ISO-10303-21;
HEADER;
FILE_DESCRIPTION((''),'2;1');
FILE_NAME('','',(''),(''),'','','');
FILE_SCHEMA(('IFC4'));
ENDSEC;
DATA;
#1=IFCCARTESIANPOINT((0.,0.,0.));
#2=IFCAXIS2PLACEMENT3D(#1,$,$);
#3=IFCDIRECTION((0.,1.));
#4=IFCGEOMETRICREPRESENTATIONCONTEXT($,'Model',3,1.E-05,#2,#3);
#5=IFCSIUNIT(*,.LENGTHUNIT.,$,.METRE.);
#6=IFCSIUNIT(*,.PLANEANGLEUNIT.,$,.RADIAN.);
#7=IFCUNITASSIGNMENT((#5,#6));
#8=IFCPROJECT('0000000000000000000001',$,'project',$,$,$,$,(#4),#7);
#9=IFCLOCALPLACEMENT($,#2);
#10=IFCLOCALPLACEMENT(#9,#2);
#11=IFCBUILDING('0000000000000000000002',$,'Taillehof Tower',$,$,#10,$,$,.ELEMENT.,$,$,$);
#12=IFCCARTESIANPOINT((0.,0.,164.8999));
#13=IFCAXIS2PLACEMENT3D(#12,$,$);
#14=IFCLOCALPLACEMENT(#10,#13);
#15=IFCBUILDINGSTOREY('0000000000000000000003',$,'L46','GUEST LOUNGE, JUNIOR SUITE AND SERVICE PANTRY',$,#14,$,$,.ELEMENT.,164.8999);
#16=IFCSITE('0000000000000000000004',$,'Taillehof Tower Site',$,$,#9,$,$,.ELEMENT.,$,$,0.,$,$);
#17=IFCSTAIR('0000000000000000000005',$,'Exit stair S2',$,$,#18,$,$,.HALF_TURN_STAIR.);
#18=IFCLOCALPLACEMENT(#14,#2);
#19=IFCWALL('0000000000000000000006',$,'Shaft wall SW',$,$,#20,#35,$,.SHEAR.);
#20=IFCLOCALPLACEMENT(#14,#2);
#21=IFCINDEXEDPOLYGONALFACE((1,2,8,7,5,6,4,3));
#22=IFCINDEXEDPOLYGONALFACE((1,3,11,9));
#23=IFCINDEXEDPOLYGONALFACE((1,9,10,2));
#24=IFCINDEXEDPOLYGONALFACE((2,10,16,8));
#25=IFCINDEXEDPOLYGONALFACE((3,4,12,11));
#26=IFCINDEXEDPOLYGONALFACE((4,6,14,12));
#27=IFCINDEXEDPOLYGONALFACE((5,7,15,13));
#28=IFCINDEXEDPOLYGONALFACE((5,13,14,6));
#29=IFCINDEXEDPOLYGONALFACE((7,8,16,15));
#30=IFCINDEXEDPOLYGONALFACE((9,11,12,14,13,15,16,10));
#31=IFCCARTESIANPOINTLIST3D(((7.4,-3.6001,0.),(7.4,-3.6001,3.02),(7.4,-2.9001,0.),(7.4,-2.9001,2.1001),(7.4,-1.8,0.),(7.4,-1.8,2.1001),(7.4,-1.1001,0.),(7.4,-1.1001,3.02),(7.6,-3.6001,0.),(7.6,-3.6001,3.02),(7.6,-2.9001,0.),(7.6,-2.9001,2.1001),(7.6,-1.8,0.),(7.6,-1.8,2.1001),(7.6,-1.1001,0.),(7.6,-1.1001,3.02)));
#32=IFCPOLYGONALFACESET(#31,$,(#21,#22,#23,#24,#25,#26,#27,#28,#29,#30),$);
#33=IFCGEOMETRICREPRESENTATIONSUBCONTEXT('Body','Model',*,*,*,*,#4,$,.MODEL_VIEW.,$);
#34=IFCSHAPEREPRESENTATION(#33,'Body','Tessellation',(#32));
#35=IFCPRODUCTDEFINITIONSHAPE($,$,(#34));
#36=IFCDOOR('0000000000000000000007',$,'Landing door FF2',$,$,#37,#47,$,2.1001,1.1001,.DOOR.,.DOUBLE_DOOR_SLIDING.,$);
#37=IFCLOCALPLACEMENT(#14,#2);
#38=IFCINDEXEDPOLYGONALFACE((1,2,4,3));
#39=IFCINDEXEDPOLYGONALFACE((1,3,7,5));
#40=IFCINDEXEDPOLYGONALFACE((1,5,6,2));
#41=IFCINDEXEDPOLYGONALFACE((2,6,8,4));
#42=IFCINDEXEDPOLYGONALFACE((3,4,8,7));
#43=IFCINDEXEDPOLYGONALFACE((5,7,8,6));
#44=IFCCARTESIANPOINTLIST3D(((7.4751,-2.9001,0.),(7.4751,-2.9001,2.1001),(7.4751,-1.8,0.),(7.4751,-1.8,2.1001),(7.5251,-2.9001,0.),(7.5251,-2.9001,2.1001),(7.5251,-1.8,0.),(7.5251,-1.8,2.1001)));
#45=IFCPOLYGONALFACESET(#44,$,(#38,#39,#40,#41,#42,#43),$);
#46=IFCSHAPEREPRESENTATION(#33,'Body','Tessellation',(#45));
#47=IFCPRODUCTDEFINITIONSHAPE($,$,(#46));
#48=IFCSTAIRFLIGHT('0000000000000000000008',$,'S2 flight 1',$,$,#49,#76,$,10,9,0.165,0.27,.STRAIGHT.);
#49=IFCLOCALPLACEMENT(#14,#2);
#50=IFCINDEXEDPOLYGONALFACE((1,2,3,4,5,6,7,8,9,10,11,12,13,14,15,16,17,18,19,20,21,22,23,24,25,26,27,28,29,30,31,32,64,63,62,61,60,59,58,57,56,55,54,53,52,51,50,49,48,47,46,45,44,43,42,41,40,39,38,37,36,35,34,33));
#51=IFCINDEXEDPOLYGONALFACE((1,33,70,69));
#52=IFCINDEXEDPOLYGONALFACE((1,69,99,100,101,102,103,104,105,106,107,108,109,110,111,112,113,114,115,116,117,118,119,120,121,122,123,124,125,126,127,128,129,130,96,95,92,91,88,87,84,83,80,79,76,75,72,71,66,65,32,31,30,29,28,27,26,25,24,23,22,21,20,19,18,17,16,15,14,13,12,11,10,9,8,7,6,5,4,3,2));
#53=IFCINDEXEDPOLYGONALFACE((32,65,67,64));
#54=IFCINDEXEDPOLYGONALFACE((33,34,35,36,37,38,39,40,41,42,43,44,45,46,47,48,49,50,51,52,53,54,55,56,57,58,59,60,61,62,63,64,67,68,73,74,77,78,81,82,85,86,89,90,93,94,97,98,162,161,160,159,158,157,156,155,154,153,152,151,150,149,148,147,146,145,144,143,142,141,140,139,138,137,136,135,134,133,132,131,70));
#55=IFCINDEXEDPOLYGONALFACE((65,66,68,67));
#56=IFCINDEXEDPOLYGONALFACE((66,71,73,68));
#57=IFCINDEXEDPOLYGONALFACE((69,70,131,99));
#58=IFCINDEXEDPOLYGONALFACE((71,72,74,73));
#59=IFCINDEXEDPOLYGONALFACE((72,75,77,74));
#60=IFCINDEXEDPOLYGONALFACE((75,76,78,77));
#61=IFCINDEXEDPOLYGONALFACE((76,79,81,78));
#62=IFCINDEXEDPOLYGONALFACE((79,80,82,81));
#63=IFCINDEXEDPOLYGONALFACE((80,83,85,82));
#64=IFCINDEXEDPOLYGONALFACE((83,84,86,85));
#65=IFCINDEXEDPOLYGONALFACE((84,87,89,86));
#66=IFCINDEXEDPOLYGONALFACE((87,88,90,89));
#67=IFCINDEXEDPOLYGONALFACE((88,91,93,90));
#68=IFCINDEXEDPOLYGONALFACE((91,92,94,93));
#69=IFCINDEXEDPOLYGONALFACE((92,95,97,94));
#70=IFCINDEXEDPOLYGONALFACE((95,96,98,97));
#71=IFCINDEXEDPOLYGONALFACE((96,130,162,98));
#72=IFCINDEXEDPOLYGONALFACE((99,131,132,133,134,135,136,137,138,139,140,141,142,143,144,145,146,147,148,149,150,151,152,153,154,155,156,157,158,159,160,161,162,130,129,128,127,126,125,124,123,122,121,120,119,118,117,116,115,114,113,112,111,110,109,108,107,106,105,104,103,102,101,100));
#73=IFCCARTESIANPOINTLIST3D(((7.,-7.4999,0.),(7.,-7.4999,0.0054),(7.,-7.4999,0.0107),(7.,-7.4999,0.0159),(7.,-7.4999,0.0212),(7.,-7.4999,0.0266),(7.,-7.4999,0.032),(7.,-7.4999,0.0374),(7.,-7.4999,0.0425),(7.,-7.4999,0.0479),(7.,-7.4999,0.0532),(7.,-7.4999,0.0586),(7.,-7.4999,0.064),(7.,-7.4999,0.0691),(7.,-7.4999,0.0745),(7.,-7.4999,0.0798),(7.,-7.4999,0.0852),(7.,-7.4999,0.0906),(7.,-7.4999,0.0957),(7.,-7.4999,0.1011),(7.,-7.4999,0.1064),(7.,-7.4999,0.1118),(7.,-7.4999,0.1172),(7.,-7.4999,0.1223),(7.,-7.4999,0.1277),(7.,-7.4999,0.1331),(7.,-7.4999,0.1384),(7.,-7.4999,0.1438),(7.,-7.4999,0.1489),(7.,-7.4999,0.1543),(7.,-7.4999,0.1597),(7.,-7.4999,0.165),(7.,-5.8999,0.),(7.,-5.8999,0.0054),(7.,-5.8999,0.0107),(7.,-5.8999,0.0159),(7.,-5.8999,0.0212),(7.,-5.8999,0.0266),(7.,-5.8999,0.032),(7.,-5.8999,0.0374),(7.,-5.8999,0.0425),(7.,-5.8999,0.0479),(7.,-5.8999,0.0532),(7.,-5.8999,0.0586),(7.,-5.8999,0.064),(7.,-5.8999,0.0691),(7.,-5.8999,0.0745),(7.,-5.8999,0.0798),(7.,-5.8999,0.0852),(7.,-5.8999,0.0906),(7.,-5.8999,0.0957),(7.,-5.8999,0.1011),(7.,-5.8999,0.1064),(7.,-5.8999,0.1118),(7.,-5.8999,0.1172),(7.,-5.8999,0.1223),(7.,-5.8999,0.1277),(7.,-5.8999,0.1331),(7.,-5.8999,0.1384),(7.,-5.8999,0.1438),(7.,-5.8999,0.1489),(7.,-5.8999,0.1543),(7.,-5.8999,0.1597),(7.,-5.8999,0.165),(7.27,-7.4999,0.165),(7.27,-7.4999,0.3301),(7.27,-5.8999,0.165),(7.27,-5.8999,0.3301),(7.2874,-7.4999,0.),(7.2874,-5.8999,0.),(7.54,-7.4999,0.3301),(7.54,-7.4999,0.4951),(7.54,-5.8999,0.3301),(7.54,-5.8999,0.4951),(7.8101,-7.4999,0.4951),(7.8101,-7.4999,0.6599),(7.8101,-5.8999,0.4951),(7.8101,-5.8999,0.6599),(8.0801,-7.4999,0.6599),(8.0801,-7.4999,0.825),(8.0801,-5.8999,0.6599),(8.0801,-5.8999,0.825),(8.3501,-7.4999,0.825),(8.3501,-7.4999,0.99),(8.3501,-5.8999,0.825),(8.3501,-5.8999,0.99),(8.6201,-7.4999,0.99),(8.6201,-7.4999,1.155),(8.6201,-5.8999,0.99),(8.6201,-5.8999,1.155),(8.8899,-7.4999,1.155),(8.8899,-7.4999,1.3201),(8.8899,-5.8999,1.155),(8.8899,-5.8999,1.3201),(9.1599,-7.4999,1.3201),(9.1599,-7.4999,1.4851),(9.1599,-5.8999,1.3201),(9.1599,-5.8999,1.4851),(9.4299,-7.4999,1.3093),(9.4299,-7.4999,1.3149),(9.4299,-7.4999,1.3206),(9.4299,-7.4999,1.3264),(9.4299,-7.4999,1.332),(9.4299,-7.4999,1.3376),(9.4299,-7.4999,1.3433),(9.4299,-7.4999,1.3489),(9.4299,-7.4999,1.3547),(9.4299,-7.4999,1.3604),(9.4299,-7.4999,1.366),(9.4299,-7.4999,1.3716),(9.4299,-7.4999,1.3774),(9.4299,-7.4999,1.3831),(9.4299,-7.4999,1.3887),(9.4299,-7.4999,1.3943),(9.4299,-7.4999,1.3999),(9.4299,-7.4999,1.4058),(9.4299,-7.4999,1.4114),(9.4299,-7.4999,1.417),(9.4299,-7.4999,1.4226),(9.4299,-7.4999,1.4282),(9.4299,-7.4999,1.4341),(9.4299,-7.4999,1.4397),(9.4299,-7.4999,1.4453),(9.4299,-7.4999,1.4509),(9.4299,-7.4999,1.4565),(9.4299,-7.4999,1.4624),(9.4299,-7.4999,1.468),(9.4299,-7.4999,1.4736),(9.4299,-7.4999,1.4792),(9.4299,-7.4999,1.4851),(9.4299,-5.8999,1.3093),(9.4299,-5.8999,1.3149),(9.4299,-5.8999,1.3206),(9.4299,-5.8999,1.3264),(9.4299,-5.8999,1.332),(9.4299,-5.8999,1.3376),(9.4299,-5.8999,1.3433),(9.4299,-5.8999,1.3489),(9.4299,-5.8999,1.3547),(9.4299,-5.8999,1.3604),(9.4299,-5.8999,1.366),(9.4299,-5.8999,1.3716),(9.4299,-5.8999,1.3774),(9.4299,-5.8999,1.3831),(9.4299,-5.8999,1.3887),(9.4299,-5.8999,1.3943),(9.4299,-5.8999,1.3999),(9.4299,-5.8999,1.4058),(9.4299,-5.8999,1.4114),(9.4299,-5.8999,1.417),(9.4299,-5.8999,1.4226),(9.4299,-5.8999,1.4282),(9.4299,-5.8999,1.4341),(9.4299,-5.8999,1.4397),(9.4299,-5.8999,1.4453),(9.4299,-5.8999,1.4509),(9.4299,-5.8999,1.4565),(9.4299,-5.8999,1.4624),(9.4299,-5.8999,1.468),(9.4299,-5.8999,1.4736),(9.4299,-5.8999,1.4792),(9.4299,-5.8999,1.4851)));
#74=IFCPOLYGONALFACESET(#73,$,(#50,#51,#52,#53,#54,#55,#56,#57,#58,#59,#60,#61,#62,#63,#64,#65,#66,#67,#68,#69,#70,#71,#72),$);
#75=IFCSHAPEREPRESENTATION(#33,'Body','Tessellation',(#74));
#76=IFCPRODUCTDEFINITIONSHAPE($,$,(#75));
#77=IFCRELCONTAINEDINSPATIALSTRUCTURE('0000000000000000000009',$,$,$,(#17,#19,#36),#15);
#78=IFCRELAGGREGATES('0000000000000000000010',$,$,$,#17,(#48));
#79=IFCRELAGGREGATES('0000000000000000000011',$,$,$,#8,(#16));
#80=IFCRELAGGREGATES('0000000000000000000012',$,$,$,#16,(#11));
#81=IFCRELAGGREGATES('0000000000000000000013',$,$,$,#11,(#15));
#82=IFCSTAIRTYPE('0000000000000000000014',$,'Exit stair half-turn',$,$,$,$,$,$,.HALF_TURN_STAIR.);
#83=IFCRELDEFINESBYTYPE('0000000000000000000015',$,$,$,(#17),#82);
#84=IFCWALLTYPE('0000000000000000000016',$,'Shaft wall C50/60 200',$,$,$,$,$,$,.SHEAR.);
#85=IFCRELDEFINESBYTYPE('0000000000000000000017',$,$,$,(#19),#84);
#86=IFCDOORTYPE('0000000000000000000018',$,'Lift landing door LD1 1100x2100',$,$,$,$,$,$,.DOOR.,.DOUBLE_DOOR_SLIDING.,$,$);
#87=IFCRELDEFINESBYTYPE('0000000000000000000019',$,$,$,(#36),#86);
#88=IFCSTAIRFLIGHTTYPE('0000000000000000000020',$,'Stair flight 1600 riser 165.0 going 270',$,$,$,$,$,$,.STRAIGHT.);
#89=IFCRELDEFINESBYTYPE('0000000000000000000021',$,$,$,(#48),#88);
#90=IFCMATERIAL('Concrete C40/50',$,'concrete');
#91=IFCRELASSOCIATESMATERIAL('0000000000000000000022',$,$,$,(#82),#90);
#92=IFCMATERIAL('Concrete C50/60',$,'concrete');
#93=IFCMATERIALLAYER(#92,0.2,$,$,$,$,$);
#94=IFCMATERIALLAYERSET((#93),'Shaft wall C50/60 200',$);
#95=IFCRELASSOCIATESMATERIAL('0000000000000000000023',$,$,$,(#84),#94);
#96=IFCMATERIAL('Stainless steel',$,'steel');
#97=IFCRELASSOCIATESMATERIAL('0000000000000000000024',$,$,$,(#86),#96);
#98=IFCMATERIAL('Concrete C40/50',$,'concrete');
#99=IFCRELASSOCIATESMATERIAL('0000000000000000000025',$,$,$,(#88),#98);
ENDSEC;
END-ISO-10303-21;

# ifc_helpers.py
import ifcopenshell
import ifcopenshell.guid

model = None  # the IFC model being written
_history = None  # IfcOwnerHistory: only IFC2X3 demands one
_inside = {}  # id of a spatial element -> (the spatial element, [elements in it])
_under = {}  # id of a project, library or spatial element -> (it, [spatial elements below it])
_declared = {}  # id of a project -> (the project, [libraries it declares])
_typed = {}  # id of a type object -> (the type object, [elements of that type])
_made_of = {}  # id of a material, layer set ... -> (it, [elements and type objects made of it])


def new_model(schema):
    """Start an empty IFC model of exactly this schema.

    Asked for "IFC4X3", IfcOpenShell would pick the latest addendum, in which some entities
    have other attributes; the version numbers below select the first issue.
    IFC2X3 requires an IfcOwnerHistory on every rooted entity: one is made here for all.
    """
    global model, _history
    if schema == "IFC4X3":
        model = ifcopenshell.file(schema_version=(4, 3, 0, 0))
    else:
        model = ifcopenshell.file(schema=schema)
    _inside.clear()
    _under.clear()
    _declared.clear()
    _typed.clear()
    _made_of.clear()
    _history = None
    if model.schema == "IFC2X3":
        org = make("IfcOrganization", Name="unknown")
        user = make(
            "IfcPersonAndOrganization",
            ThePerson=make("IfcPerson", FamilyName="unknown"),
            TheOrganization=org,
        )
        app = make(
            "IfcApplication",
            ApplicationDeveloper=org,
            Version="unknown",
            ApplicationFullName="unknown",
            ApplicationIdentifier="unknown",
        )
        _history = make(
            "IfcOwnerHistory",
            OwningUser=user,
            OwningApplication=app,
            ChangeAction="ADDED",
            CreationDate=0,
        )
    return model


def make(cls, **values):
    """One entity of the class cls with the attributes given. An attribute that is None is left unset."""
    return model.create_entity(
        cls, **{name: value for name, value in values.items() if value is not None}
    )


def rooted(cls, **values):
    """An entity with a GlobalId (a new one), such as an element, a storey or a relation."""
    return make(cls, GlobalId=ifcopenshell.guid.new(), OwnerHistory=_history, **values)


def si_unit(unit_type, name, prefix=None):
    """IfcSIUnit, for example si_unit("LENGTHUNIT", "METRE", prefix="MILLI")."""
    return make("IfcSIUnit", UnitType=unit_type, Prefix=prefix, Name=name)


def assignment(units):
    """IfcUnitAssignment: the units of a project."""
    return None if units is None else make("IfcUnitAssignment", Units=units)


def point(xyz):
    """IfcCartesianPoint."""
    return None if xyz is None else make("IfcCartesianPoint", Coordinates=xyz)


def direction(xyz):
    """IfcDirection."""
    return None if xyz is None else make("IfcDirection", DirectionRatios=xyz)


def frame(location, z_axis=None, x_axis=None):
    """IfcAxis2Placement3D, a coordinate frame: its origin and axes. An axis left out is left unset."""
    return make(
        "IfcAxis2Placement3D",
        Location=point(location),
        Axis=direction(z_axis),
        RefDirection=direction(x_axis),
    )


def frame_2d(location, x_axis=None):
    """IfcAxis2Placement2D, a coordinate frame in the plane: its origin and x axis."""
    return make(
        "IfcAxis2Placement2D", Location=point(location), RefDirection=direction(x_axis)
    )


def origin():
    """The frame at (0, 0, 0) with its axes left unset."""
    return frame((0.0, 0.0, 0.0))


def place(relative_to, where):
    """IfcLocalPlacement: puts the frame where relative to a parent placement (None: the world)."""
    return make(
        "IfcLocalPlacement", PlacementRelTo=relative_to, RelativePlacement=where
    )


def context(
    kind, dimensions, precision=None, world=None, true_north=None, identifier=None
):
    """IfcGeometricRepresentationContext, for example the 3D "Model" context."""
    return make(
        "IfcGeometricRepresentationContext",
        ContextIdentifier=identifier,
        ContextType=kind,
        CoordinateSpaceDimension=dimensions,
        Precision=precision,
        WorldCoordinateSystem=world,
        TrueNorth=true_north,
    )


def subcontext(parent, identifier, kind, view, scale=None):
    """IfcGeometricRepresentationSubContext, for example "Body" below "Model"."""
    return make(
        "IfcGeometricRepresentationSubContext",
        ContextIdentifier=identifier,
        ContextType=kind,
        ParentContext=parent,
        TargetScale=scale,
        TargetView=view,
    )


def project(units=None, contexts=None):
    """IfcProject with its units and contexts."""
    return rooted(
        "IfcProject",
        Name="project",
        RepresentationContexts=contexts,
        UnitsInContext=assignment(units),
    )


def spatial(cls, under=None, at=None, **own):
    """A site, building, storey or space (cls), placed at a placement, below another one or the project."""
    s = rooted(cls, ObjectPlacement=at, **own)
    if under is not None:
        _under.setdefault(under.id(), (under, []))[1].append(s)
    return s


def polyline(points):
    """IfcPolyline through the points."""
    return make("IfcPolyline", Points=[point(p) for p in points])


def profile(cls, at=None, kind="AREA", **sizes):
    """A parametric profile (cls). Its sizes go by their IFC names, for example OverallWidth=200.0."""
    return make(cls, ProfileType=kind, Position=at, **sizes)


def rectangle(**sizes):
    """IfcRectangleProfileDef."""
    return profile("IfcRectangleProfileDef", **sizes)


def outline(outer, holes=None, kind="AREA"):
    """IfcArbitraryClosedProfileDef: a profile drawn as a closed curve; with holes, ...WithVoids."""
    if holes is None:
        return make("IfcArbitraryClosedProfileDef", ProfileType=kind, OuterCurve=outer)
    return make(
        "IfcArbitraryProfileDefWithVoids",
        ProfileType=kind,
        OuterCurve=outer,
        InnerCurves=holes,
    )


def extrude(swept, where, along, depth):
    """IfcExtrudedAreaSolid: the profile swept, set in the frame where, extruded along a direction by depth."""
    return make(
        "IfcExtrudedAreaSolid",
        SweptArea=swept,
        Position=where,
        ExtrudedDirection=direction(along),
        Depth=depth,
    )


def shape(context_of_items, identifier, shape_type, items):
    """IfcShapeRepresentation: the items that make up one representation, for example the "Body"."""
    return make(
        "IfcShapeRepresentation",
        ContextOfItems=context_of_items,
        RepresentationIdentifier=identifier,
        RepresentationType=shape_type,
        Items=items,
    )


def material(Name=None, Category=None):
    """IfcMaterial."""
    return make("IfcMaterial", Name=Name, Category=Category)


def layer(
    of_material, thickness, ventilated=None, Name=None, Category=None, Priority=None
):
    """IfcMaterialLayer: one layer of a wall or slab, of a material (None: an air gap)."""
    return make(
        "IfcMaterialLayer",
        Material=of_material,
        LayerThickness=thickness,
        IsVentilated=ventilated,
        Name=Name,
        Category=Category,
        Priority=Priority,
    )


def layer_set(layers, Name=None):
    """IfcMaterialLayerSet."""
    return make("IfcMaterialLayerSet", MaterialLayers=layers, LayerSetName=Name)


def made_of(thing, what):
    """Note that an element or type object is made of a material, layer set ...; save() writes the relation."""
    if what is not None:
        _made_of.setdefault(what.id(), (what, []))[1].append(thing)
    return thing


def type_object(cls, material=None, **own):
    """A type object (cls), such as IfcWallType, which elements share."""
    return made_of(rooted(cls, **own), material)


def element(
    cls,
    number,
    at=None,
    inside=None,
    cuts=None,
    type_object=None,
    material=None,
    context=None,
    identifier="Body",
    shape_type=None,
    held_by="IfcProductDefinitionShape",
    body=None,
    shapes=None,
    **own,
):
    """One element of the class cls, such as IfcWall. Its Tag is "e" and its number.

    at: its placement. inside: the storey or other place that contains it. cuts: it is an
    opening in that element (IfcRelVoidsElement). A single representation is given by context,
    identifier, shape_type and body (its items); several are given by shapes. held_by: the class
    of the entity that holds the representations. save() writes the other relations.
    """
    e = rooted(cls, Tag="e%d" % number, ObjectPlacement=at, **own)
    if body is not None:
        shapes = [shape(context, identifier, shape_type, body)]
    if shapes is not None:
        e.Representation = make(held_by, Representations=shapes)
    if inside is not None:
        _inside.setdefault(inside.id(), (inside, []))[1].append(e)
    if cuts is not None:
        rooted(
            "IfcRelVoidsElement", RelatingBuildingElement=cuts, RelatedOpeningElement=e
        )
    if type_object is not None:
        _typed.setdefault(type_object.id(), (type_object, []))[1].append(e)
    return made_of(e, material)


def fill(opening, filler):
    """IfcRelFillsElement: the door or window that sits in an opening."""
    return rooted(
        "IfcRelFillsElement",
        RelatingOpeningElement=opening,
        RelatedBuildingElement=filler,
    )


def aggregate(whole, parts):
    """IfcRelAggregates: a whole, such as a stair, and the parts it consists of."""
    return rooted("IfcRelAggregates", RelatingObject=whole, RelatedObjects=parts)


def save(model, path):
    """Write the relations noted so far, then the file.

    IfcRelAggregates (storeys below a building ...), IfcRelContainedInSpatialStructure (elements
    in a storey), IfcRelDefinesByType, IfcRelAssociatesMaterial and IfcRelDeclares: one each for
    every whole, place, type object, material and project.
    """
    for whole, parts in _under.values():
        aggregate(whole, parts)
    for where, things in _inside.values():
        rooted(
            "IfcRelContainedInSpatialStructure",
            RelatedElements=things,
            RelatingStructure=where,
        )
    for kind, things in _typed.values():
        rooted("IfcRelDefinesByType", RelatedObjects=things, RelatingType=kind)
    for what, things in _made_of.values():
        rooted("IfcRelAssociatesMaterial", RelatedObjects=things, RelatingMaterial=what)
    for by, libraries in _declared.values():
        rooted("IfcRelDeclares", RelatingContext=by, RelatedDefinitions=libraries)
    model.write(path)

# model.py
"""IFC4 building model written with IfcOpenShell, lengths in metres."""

from ifc_helpers import new_model, si_unit, direction, frame, frame_2d, origin, place, context, subcontext, project, spatial, polyline, rectangle, outline, extrude, material, layer, layer_set, type_object, element, fill, aggregate, save


model = new_model("IFC4")

# Units and contexts
model_context = context("Model", 3, precision=1e-05, world=origin(), true_north=direction((0.0, 1.0)))
body_context = subcontext(model_context, "Body", "Model", "MODEL_VIEW")
ifc_project = project(units=[si_unit("LENGTHUNIT", "METRE"), si_unit("PLANEANGLEUNIT", "RADIAN")], contexts=[model_context])

# Site, building, storey
site_placement = place(None, origin())
site = spatial("IfcSite", under=ifc_project, at=site_placement, Name="Taillehof Tower Site", CompositionType="ELEMENT", RefElevation=0.0)
building_placement = place(site_placement, origin())
building = spatial("IfcBuilding", under=site, at=building_placement, Name="Taillehof Tower", CompositionType="ELEMENT")
storey_placement = place(building_placement, frame((0.0, 0.0, 164.8999)))
storey = spatial("IfcBuildingStorey", under=building, at=storey_placement, Name="L46", Description="GUEST LOUNGE, JUNIOR SUITE AND SERVICE PANTRY", CompositionType="ELEMENT", Elevation=164.8999)

# Stair
ifc_material_1 = material(Name="Concrete C40/50", Category="concrete")
stair_type = type_object("IfcStairType", Name="Exit stair half-turn", PredefinedType="HALF_TURN_STAIR", material=ifc_material_1)
stair_1_placement = place(storey_placement, origin())
stair_1 = element("IfcStair", 1, at=stair_1_placement, inside=storey, type_object=stair_type, Name="Exit stair S2", PredefinedType="HALF_TURN_STAIR")

# Shared definitions
ifc_material_2 = material(Name="Concrete C50/60", Category="concrete")
ifc_layer_1 = layer(ifc_material_2, 0.2)
ifc_layer_set_1 = layer_set([ifc_layer_1], Name="Shaft wall C50/60 200")
wall_type_1 = type_object("IfcWallType", Name="Shaft wall C50/60 200", PredefinedType="SHEAR", material=ifc_layer_set_1)

# Shared definitions
ifc_material_3 = material(Name="Stainless steel", Category="steel")
door_type_1 = type_object("IfcDoorType", Name="Lift landing door LD1 1100x2100", OperationType="DOUBLE_DOOR_SLIDING", PredefinedType="DOOR", material=ifc_material_3)

# Wall, opening, door
wall_1_placement = place(storey_placement, frame((7.5, -3.6001, 0.0), z_axis=(0.0, 0.0, 1.0), x_axis=(0.0, 1.0, 0.0)))
wall_1 = element("IfcWall", 2, at=wall_1_placement, inside=storey, type_object=wall_type_1, Name="Shaft wall SW", PredefinedType="SHEAR", context=body_context, shape_type="SweptSolid", body=[
    extrude(rectangle(XDim=2.5, YDim=0.2, at=frame_2d((1.25, 0.0))), origin(), (0.0, 0.0, 1.0), 3.02),
])
opening_1_placement = place(wall_1_placement, frame((0.7, 0.0, 0.0)))
opening_1 = element("IfcOpeningElement", 3, at=opening_1_placement, cuts=wall_1, PredefinedType="OPENING", context=body_context, shape_type="SweptSolid", body=[
    extrude(rectangle(XDim=1.1001, YDim=2.1001, at=frame_2d((0.55, 1.05))), frame((0.0, 0.1099, 0.0), z_axis=(0.0, -1.0, 0.0), x_axis=(1.0, 0.0, 0.0)), (0.0, 0.0, 1.0), 0.22),
])
door_1_placement = place(opening_1_placement, origin())
door_1 = element("IfcDoor", 4, at=door_1_placement, inside=storey, type_object=door_type_1, Name="Landing door FF2", OperationType="DOUBLE_DOOR_SLIDING", OverallHeight=2.1001, OverallWidth=1.1001, PredefinedType="DOOR", context=body_context, shape_type="SweptSolid", body=[
    extrude(rectangle(XDim=1.1001, YDim=2.1001, at=frame_2d((0.55, 1.05))), frame((0.0, 0.0249, 0.0), z_axis=(0.0, -1.0, 0.0), x_axis=(1.0, 0.0, 0.0)), (0.0, 0.0, 1.0), 0.05),
])
fill(opening_1, door_1)

# Stair flight
ifc_material_4 = material(Name="Concrete C40/50", Category="concrete")
stair_flight_type = type_object("IfcStairFlightType", Name="Stair flight 1600 riser 165.0 going 270", PredefinedType="STRAIGHT", material=ifc_material_4)
stair_flight_placement = place(storey_placement, frame((7.0, -6.7, 0.0), z_axis=(0.0, 0.0, 1.0), x_axis=(1.0, 0.0, 0.0)))
stair_flight = element("IfcStairFlight", 5, at=stair_flight_placement, type_object=stair_flight_type, Name="S2 flight 1", NumberOfRisers=10, NumberOfTreads=9, PredefinedType="STRAIGHT", RiserHeight=0.165, TreadLength=0.27, context=body_context, shape_type="SweptSolid", body=[
    extrude(outline(polyline([(0.0, 0.0), (0.0, 0.0054), (0.0, 0.0107), (0.0, 0.0159), (0.0, 0.0212), (0.0, 0.0266), (0.0, 0.032), (0.0, 0.0374), (0.0, 0.0425), (0.0, 0.0479), (0.0, 0.0532), (0.0, 0.0586), (0.0, 0.064), (0.0, 0.0691), (0.0, 0.0745), (0.0, 0.0798), (0.0, 0.0852), (0.0, 0.0906), (0.0, 0.0957), (0.0, 0.1011), (0.0, 0.1064), (0.0, 0.1118), (0.0, 0.1172), (0.0, 0.1223), (0.0, 0.1277), (0.0, 0.1331), (0.0, 0.1384), (0.0, 0.1438), (0.0, 0.1489), (0.0, 0.1543), (0.0, 0.1597), (0.0, 0.165), (0.27, 0.165), (0.27, 0.3301), (0.54, 0.3301), (0.54, 0.4951), (0.8101, 0.4951), (0.8101, 0.6599), (1.0801, 0.6599), (1.0801, 0.825), (1.3501, 0.825), (1.3501, 0.99), (1.6201, 0.99), (1.6201, 1.155), (1.8899, 1.155), (1.8899, 1.3201), (2.1599, 1.3201), (2.1599, 1.4851), (2.4299, 1.4851), (2.4299, 1.4792), (2.4299, 1.4736), (2.4299, 1.468), (2.4299, 1.4624), (2.4299, 1.4565), (2.4299, 1.4509), (2.4299, 1.4453), (2.4299, 1.4397), (2.4299, 1.4341), (2.4299, 1.4282), (2.4299, 1.4226), (2.4299, 1.417), (2.4299, 1.4114), (2.4299, 1.4058), (2.4299, 1.3999), (2.4299, 1.3943), (2.4299, 1.3887), (2.4299, 1.3831), (2.4299, 1.3774), (2.4299, 1.3716), (2.4299, 1.366), (2.4299, 1.3604), (2.4299, 1.3547), (2.4299, 1.3489), (2.4299, 1.3433), (2.4299, 1.3376), (2.4299, 1.332), (2.4299, 1.3264), (2.4299, 1.3206), (2.4299, 1.3149), (2.4299, 1.3093), (0.2874, 0.0), (0.0, 0.0)])), frame((0.0, 0.8, 0.0), z_axis=(0.0, -1.0, 0.0), x_axis=(1.0, 0.0, 0.0)), (0.0, 0.0, 1.0), 1.6),
])
aggregate(stair_1, [stair_flight])

save(model, "model.ifc")
